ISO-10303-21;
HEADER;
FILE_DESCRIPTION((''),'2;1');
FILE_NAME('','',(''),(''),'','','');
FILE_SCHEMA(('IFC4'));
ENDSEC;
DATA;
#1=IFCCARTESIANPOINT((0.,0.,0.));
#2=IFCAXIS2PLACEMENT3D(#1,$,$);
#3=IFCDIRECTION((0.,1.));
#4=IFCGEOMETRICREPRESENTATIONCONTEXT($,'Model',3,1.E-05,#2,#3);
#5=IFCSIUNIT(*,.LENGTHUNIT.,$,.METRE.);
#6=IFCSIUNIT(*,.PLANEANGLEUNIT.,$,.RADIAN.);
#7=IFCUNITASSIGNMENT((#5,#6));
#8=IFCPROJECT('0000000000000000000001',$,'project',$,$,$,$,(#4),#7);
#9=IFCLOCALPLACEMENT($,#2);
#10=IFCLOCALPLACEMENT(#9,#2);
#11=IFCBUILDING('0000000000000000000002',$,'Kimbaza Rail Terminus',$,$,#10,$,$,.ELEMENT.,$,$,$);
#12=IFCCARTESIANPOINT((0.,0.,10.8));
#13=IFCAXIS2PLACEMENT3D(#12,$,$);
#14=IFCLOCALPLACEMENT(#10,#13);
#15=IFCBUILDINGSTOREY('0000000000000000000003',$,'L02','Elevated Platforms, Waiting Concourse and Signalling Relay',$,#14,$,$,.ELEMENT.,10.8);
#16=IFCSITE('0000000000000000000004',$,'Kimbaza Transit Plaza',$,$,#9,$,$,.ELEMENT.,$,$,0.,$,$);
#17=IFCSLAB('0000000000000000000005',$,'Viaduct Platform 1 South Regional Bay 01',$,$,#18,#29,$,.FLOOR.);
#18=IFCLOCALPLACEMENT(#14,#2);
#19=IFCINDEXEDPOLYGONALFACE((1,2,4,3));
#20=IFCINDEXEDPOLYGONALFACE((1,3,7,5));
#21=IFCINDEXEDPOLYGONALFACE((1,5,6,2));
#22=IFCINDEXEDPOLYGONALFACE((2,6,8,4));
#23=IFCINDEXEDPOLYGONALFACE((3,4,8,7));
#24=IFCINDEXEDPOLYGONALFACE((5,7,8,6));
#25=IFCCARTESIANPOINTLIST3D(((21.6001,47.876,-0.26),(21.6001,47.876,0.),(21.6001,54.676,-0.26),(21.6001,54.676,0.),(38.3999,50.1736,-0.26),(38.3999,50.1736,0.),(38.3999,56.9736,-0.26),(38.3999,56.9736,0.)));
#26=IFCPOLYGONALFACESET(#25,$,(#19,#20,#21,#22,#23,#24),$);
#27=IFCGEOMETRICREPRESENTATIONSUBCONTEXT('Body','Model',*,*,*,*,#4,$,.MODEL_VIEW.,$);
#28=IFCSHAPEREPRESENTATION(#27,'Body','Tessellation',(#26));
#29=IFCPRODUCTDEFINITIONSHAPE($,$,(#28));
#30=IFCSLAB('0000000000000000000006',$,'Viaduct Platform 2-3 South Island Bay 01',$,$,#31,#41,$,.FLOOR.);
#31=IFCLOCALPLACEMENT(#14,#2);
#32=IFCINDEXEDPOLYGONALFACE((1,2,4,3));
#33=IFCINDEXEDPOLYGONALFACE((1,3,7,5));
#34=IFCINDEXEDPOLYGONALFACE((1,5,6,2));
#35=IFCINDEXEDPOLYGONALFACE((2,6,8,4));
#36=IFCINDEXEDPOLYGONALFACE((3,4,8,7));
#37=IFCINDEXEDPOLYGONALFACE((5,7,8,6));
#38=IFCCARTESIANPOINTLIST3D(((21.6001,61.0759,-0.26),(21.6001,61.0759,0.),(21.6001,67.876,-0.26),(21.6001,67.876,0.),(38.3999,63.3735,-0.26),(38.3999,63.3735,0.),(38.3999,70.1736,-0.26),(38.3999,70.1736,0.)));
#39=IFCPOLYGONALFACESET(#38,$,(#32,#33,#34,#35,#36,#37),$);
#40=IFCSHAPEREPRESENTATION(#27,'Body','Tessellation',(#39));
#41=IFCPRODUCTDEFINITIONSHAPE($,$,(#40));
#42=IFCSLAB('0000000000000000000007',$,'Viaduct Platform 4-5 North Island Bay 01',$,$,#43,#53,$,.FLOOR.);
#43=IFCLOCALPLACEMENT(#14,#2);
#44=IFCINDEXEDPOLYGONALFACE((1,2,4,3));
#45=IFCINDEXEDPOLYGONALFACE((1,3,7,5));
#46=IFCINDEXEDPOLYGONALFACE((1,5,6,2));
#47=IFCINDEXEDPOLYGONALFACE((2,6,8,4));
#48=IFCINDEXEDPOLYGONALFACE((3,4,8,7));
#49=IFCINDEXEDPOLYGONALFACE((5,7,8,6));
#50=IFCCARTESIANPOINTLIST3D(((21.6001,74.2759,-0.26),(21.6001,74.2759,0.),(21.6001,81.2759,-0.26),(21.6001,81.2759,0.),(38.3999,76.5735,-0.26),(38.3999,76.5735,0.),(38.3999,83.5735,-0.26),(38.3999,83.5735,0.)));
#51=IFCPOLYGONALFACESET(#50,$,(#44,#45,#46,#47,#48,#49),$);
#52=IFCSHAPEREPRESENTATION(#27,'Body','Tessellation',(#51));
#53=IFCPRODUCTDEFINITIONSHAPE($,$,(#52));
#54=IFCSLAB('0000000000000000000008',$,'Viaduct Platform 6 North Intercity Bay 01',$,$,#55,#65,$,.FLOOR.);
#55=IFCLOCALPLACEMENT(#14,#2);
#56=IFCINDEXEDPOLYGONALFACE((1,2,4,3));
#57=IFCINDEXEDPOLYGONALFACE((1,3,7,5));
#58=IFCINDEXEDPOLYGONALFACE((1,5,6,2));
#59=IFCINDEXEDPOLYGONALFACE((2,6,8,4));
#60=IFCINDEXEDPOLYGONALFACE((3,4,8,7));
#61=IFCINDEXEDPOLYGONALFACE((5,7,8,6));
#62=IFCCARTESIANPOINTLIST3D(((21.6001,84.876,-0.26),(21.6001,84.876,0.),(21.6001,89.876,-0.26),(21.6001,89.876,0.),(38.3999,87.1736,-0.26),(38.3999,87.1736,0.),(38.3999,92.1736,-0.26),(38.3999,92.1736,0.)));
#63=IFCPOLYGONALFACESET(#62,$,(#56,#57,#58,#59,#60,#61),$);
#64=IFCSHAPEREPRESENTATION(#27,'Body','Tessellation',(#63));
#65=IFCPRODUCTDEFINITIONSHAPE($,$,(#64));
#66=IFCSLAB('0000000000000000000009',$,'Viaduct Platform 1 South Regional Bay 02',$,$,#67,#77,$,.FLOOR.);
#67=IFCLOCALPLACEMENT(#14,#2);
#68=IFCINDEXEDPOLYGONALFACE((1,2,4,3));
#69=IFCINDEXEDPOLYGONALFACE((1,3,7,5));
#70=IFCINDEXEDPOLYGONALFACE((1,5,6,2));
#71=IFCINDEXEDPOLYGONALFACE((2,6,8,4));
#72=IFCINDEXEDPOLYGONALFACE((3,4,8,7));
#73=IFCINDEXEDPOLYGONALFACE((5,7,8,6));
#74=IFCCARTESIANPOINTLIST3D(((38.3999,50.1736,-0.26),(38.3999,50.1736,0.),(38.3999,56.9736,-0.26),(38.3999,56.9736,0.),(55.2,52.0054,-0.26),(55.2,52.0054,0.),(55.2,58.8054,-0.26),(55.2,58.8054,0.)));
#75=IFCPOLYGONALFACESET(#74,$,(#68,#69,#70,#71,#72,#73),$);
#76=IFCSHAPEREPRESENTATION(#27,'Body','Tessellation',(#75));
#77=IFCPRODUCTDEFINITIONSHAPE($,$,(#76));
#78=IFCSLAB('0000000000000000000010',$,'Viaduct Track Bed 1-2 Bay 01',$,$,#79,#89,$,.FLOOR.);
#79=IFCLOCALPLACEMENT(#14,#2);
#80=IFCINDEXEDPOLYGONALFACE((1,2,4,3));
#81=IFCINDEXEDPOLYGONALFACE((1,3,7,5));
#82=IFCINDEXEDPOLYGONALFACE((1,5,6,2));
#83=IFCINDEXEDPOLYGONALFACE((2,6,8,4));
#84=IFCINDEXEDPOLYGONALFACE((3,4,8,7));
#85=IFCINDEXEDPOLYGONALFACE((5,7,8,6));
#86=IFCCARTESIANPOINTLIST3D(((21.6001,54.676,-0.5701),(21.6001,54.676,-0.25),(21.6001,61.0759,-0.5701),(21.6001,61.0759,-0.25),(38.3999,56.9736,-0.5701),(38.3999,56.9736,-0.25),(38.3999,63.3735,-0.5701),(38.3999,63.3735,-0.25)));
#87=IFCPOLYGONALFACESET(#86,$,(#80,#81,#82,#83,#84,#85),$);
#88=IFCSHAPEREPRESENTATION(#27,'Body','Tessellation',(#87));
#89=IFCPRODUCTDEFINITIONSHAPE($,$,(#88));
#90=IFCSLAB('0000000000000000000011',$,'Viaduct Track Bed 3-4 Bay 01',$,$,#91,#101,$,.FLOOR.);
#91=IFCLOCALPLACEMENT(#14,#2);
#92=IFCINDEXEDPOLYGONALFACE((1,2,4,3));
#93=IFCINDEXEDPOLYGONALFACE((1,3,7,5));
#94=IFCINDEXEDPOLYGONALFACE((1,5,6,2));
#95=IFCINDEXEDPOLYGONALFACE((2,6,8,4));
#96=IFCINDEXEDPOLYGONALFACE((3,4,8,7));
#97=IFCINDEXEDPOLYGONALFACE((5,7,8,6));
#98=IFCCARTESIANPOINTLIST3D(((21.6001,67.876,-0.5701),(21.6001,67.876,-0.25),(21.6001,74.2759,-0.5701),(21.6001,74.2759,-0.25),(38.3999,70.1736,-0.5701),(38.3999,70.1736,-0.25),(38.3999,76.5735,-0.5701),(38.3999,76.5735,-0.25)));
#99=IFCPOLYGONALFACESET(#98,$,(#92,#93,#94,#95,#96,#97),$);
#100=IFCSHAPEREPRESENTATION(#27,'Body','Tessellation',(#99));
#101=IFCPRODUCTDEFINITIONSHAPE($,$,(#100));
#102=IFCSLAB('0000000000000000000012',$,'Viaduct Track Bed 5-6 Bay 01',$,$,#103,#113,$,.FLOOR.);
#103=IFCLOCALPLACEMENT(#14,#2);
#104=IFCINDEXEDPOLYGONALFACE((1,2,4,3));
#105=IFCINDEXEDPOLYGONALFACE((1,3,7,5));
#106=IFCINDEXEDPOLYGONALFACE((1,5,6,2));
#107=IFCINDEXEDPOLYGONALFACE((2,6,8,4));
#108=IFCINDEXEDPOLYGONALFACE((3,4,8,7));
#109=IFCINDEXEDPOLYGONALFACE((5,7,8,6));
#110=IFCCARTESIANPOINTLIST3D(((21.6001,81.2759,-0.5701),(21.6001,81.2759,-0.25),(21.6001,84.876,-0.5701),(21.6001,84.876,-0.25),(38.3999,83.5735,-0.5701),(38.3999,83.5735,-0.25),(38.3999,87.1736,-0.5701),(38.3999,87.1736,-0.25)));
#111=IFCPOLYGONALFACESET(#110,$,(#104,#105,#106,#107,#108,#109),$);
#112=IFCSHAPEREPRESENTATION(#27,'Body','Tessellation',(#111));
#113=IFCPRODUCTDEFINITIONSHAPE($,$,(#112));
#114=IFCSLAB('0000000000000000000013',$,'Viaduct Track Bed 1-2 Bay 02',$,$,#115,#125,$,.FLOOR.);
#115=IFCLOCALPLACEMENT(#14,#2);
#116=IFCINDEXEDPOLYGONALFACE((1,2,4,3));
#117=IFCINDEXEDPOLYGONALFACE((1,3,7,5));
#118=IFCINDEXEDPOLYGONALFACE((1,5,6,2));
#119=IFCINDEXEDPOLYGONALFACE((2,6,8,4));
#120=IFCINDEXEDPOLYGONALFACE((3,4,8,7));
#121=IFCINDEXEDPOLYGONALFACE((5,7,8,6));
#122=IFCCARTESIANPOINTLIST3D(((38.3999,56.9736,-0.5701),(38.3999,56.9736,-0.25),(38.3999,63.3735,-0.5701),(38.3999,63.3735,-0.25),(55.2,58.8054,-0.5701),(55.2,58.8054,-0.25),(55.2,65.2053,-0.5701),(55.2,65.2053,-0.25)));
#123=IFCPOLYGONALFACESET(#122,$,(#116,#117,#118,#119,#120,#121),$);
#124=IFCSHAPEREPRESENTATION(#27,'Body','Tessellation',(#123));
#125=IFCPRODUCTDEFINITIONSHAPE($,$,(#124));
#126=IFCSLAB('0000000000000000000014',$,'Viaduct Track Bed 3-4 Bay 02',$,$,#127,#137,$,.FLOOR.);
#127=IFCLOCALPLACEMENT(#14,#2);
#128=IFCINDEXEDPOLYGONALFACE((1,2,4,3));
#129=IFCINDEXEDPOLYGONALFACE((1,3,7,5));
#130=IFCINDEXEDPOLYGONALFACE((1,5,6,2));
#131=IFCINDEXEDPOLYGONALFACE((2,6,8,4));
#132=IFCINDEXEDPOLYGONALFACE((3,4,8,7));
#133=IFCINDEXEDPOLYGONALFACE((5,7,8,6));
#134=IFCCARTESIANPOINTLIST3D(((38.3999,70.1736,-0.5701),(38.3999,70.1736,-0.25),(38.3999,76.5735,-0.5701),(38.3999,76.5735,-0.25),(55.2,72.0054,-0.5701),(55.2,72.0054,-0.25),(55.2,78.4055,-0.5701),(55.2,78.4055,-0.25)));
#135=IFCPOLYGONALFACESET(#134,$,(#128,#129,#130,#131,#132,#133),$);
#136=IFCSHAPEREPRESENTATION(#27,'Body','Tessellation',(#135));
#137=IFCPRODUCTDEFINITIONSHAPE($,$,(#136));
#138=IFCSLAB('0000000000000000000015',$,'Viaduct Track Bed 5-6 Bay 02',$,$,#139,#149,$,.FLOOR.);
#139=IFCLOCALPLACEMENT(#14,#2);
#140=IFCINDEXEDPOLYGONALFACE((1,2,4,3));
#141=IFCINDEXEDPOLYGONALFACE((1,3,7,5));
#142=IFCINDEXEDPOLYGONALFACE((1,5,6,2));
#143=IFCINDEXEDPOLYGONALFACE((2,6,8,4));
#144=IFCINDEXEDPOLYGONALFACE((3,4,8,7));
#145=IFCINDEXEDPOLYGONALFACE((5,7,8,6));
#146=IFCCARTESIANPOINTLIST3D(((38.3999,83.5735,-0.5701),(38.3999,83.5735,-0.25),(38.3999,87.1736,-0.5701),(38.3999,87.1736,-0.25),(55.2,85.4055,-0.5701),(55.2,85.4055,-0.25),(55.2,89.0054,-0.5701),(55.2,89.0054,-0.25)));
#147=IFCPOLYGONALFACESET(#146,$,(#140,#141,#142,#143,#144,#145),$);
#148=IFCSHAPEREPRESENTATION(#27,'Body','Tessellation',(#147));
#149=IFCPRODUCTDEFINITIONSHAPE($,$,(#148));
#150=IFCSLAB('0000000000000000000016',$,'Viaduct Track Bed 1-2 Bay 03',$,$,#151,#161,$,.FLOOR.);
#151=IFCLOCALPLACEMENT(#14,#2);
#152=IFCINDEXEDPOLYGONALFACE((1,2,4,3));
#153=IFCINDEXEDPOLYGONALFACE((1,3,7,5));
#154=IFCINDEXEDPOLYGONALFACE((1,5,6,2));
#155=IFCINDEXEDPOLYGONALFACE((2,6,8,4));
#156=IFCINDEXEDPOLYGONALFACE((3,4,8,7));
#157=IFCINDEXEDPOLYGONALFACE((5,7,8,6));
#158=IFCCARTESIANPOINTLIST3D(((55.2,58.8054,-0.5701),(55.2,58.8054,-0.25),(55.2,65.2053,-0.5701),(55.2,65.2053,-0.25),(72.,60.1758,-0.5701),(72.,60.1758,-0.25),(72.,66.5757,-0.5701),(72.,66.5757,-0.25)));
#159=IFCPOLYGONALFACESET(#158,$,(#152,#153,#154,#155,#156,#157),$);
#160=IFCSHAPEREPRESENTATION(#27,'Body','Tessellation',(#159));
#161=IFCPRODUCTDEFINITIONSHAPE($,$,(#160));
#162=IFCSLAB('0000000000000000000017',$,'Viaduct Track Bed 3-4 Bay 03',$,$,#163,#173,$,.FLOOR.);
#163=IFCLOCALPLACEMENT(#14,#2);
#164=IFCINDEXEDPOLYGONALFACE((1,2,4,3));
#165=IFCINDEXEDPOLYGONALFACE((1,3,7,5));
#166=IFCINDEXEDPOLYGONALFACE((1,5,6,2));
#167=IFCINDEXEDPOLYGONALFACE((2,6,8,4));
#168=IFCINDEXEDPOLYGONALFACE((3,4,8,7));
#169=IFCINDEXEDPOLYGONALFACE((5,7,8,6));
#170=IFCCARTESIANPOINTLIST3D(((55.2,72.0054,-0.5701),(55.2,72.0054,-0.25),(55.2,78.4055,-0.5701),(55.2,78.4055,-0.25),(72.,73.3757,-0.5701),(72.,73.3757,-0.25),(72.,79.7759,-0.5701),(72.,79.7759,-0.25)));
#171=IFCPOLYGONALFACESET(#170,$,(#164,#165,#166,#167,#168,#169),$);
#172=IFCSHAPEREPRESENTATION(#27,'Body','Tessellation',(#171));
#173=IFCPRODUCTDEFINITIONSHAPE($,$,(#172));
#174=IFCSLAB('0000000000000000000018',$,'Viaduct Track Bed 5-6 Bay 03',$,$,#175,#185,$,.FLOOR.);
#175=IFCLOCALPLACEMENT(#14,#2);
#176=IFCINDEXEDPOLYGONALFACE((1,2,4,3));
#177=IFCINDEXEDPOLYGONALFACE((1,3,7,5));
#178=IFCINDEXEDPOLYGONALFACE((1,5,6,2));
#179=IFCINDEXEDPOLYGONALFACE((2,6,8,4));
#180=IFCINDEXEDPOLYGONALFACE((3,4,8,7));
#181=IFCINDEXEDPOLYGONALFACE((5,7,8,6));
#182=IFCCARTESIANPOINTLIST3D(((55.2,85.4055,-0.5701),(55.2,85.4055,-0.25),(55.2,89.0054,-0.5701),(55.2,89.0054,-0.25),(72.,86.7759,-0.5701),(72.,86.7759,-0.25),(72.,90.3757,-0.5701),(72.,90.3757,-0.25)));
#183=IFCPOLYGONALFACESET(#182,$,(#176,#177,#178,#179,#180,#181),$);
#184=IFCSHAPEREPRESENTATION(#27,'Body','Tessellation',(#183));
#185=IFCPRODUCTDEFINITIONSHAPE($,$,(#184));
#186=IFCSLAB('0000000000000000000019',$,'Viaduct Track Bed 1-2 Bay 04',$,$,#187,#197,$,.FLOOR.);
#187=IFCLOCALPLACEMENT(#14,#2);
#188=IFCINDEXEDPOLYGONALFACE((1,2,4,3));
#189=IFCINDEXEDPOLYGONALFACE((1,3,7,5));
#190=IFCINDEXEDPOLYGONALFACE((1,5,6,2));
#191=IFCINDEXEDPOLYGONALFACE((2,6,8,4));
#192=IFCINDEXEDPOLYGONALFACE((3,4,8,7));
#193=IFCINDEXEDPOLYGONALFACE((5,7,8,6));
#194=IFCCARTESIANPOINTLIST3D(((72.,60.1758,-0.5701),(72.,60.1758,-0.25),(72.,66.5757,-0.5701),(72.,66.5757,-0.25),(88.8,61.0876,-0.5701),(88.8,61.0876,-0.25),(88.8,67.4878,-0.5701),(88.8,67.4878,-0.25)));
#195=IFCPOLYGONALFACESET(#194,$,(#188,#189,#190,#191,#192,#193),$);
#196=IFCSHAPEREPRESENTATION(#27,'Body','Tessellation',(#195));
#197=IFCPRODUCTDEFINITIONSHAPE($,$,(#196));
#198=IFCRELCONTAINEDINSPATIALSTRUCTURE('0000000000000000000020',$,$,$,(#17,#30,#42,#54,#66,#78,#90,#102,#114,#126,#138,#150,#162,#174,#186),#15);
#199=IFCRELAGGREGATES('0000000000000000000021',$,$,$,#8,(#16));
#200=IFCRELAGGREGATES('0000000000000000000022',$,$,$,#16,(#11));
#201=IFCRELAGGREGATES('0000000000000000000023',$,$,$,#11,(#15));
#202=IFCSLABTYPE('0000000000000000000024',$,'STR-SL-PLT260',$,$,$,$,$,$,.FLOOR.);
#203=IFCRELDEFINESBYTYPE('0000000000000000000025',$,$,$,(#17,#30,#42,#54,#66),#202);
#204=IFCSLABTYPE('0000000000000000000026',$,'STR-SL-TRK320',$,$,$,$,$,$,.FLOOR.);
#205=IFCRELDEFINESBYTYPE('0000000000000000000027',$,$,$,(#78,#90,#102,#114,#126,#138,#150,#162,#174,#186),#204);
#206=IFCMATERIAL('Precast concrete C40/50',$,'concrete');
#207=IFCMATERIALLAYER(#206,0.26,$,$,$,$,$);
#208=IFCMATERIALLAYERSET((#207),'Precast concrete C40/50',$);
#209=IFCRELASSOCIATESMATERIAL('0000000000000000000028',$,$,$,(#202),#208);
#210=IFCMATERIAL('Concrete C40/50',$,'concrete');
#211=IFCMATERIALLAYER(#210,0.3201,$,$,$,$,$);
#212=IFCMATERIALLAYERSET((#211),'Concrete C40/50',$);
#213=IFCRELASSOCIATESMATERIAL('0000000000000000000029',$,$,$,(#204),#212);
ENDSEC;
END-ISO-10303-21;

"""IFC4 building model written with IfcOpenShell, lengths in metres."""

from ifc_helpers import new_model, si_unit, direction, frame, origin, place, context, subcontext, project, spatial, polyline, outline, extrude, material, layer, layer_set, type_object, element, save


model = new_model("IFC4")

# Units and contexts
model_context = context("Model", 3, precision=1e-05, world=origin(), true_north=direction((0.0, 1.0)))
body_context = subcontext(model_context, "Body", "Model", "MODEL_VIEW")
ifc_project = project(units=[si_unit("LENGTHUNIT", "METRE"), si_unit("PLANEANGLEUNIT", "RADIAN")], contexts=[model_context])

# Site, building, storey
site_placement = place(None, origin())
site = spatial("IfcSite", under=ifc_project, at=site_placement, Name="Kimbaza Transit Plaza", CompositionType="ELEMENT", RefElevation=0.0)
building_placement = place(site_placement, origin())
building = spatial("IfcBuilding", under=site, at=building_placement, Name="Kimbaza Rail Terminus", CompositionType="ELEMENT")
storey_placement = place(building_placement, frame((0.0, 0.0, 10.8)))
storey = spatial("IfcBuildingStorey", under=building, at=storey_placement, Name="L02", Description="Elevated Platforms, Waiting Concourse and Signalling Relay", CompositionType="ELEMENT", Elevation=10.8)

# Slabs
ifc_material_1 = material(Name="Precast concrete C40/50", Category="concrete")
ifc_layer_1 = layer(ifc_material_1, 0.26)
ifc_layer_set_1 = layer_set([ifc_layer_1], Name="Precast concrete C40/50")
slab_type_1 = type_object("IfcSlabType", Name="STR-SL-PLT260", PredefinedType="FLOOR", material=ifc_layer_set_1)
slab_1_placement = place(storey_placement, frame((0.0, 0.0, -0.26)))
element("IfcSlab", 1, at=slab_1_placement, inside=storey, type_object=slab_type_1, Name="Viaduct Platform 1 South Regional Bay 01", PredefinedType="FLOOR", context=body_context, shape_type="SweptSolid", body=[
    extrude(outline(polyline([(21.6001, 47.876), (38.3999, 50.1736), (38.3999, 56.9736), (21.6001, 54.676), (21.6001, 47.876)])), origin(), (0.0, 0.0, 1.0), 0.26),
])
slab_2_placement = place(storey_placement, frame((0.0, 0.0, -0.26)))
element("IfcSlab", 2, at=slab_2_placement, inside=storey, type_object=slab_type_1, Name="Viaduct Platform 2-3 South Island Bay 01", PredefinedType="FLOOR", context=body_context, shape_type="SweptSolid", body=[
    extrude(outline(polyline([(21.6001, 61.0759), (38.3999, 63.3735), (38.3999, 70.1736), (21.6001, 67.876), (21.6001, 61.0759)])), origin(), (0.0, 0.0, 1.0), 0.26),
])
slab_3_placement = place(storey_placement, frame((0.0, 0.0, -0.26)))
element("IfcSlab", 3, at=slab_3_placement, inside=storey, type_object=slab_type_1, Name="Viaduct Platform 4-5 North Island Bay 01", PredefinedType="FLOOR", context=body_context, shape_type="SweptSolid", body=[
    extrude(outline(polyline([(21.6001, 74.2759), (38.3999, 76.5735), (38.3999, 83.5735), (21.6001, 81.2759), (21.6001, 74.2759)])), origin(), (0.0, 0.0, 1.0), 0.26),
])
slab_4_placement = place(storey_placement, frame((0.0, 0.0, -0.26)))
element("IfcSlab", 4, at=slab_4_placement, inside=storey, type_object=slab_type_1, Name="Viaduct Platform 6 North Intercity Bay 01", PredefinedType="FLOOR", context=body_context, shape_type="SweptSolid", body=[
    extrude(outline(polyline([(21.6001, 84.876), (38.3999, 87.1736), (38.3999, 92.1736), (21.6001, 89.876), (21.6001, 84.876)])), origin(), (0.0, 0.0, 1.0), 0.26),
])
slab_5_placement = place(storey_placement, frame((0.0, 0.0, -0.26)))
element("IfcSlab", 5, at=slab_5_placement, inside=storey, type_object=slab_type_1, Name="Viaduct Platform 1 South Regional Bay 02", PredefinedType="FLOOR", context=body_context, shape_type="SweptSolid", body=[
    extrude(outline(polyline([(38.3999, 50.1736), (55.2, 52.0054), (55.2, 58.8054), (38.3999, 56.9736), (38.3999, 50.1736)])), origin(), (0.0, 0.0, 1.0), 0.26),
])
ifc_material_2 = material(Name="Concrete C40/50", Category="concrete")
ifc_layer_2 = layer(ifc_material_2, 0.3201)
ifc_layer_set_2 = layer_set([ifc_layer_2], Name="Concrete C40/50")
slab_type_2 = type_object("IfcSlabType", Name="STR-SL-TRK320", PredefinedType="FLOOR", material=ifc_layer_set_2)
slab_6_placement = place(storey_placement, frame((0.0, 0.0, -0.5701)))
element("IfcSlab", 6, at=slab_6_placement, inside=storey, type_object=slab_type_2, Name="Viaduct Track Bed 1-2 Bay 01", PredefinedType="FLOOR", context=body_context, shape_type="SweptSolid", body=[
    extrude(outline(polyline([(21.6001, 54.676), (38.3999, 56.9736), (38.3999, 63.3735), (21.6001, 61.0759), (21.6001, 54.676)])), origin(), (0.0, 0.0, 1.0), 0.3201),
])
slab_7_placement = place(storey_placement, frame((0.0, 0.0, -0.5701)))
element("IfcSlab", 7, at=slab_7_placement, inside=storey, type_object=slab_type_2, Name="Viaduct Track Bed 3-4 Bay 01", PredefinedType="FLOOR", context=body_context, shape_type="SweptSolid", body=[
    extrude(outline(polyline([(21.6001, 67.876), (38.3999, 70.1736), (38.3999, 76.5735), (21.6001, 74.2759), (21.6001, 67.876)])), origin(), (0.0, 0.0, 1.0), 0.3201),
])
slab_8_placement = place(storey_placement, frame((0.0, 0.0, -0.5701)))
element("IfcSlab", 8, at=slab_8_placement, inside=storey, type_object=slab_type_2, Name="Viaduct Track Bed 5-6 Bay 01", PredefinedType="FLOOR", context=body_context, shape_type="SweptSolid", body=[
    extrude(outline(polyline([(21.6001, 81.2759), (38.3999, 83.5735), (38.3999, 87.1736), (21.6001, 84.876), (21.6001, 81.2759)])), origin(), (0.0, 0.0, 1.0), 0.3201),
])
slab_9_placement = place(storey_placement, frame((0.0, 0.0, -0.5701)))
element("IfcSlab", 9, at=slab_9_placement, inside=storey, type_object=slab_type_2, Name="Viaduct Track Bed 1-2 Bay 02", PredefinedType="FLOOR", context=body_context, shape_type="SweptSolid", body=[
    extrude(outline(polyline([(38.3999, 56.9736), (55.2, 58.8054), (55.2, 65.2053), (38.3999, 63.3735), (38.3999, 56.9736)])), origin(), (0.0, 0.0, 1.0), 0.3201),
])
slab_10_placement = place(storey_placement, frame((0.0, 0.0, -0.5701)))
element("IfcSlab", 10, at=slab_10_placement, inside=storey, type_object=slab_type_2, Name="Viaduct Track Bed 3-4 Bay 02", PredefinedType="FLOOR", context=body_context, shape_type="SweptSolid", body=[
    extrude(outline(polyline([(38.3999, 70.1736), (55.2, 72.0054), (55.2, 78.4055), (38.3999, 76.5735), (38.3999, 70.1736)])), origin(), (0.0, 0.0, 1.0), 0.3201),
])
slab_11_placement = place(storey_placement, frame((0.0, 0.0, -0.5701)))
element("IfcSlab", 11, at=slab_11_placement, inside=storey, type_object=slab_type_2, Name="Viaduct Track Bed 5-6 Bay 02", PredefinedType="FLOOR", context=body_context, shape_type="SweptSolid", body=[
    extrude(outline(polyline([(38.3999, 83.5735), (55.2, 85.4055), (55.2, 89.0054), (38.3999, 87.1736), (38.3999, 83.5735)])), origin(), (0.0, 0.0, 1.0), 0.3201),
])
slab_12_placement = place(storey_placement, frame((0.0, 0.0, -0.5701)))
element("IfcSlab", 12, at=slab_12_placement, inside=storey, type_object=slab_type_2, Name="Viaduct Track Bed 1-2 Bay 03", PredefinedType="FLOOR", context=body_context, shape_type="SweptSolid", body=[
    extrude(outline(polyline([(55.2, 58.8054), (72.0, 60.1758), (72.0, 66.5757), (55.2, 65.2053), (55.2, 58.8054)])), origin(), (0.0, 0.0, 1.0), 0.3201),
])
slab_13_placement = place(storey_placement, frame((0.0, 0.0, -0.5701)))
element("IfcSlab", 13, at=slab_13_placement, inside=storey, type_object=slab_type_2, Name="Viaduct Track Bed 3-4 Bay 03", PredefinedType="FLOOR", context=body_context, shape_type="SweptSolid", body=[
    extrude(outline(polyline([(55.2, 72.0054), (72.0, 73.3757), (72.0, 79.7759), (55.2, 78.4055), (55.2, 72.0054)])), origin(), (0.0, 0.0, 1.0), 0.3201),
])
slab_14_placement = place(storey_placement, frame((0.0, 0.0, -0.5701)))
element("IfcSlab", 14, at=slab_14_placement, inside=storey, type_object=slab_type_2, Name="Viaduct Track Bed 5-6 Bay 03", PredefinedType="FLOOR", context=body_context, shape_type="SweptSolid", body=[
    extrude(outline(polyline([(55.2, 85.4055), (72.0, 86.7759), (72.0, 90.3757), (55.2, 89.0054), (55.2, 85.4055)])), origin(), (0.0, 0.0, 1.0), 0.3201),
])
slab_15_placement = place(storey_placement, frame((0.0, 0.0, -0.5701)))
element("IfcSlab", 15, at=slab_15_placement, inside=storey, type_object=slab_type_2, Name="Viaduct Track Bed 1-2 Bay 04", PredefinedType="FLOOR", context=body_context, shape_type="SweptSolid", body=[
    extrude(outline(polyline([(72.0, 60.1758), (88.8, 61.0876), (88.8, 67.4878), (72.0, 66.5757), (72.0, 60.1758)])), origin(), (0.0, 0.0, 1.0), 0.3201),
])

save(model, "model.ifc")
